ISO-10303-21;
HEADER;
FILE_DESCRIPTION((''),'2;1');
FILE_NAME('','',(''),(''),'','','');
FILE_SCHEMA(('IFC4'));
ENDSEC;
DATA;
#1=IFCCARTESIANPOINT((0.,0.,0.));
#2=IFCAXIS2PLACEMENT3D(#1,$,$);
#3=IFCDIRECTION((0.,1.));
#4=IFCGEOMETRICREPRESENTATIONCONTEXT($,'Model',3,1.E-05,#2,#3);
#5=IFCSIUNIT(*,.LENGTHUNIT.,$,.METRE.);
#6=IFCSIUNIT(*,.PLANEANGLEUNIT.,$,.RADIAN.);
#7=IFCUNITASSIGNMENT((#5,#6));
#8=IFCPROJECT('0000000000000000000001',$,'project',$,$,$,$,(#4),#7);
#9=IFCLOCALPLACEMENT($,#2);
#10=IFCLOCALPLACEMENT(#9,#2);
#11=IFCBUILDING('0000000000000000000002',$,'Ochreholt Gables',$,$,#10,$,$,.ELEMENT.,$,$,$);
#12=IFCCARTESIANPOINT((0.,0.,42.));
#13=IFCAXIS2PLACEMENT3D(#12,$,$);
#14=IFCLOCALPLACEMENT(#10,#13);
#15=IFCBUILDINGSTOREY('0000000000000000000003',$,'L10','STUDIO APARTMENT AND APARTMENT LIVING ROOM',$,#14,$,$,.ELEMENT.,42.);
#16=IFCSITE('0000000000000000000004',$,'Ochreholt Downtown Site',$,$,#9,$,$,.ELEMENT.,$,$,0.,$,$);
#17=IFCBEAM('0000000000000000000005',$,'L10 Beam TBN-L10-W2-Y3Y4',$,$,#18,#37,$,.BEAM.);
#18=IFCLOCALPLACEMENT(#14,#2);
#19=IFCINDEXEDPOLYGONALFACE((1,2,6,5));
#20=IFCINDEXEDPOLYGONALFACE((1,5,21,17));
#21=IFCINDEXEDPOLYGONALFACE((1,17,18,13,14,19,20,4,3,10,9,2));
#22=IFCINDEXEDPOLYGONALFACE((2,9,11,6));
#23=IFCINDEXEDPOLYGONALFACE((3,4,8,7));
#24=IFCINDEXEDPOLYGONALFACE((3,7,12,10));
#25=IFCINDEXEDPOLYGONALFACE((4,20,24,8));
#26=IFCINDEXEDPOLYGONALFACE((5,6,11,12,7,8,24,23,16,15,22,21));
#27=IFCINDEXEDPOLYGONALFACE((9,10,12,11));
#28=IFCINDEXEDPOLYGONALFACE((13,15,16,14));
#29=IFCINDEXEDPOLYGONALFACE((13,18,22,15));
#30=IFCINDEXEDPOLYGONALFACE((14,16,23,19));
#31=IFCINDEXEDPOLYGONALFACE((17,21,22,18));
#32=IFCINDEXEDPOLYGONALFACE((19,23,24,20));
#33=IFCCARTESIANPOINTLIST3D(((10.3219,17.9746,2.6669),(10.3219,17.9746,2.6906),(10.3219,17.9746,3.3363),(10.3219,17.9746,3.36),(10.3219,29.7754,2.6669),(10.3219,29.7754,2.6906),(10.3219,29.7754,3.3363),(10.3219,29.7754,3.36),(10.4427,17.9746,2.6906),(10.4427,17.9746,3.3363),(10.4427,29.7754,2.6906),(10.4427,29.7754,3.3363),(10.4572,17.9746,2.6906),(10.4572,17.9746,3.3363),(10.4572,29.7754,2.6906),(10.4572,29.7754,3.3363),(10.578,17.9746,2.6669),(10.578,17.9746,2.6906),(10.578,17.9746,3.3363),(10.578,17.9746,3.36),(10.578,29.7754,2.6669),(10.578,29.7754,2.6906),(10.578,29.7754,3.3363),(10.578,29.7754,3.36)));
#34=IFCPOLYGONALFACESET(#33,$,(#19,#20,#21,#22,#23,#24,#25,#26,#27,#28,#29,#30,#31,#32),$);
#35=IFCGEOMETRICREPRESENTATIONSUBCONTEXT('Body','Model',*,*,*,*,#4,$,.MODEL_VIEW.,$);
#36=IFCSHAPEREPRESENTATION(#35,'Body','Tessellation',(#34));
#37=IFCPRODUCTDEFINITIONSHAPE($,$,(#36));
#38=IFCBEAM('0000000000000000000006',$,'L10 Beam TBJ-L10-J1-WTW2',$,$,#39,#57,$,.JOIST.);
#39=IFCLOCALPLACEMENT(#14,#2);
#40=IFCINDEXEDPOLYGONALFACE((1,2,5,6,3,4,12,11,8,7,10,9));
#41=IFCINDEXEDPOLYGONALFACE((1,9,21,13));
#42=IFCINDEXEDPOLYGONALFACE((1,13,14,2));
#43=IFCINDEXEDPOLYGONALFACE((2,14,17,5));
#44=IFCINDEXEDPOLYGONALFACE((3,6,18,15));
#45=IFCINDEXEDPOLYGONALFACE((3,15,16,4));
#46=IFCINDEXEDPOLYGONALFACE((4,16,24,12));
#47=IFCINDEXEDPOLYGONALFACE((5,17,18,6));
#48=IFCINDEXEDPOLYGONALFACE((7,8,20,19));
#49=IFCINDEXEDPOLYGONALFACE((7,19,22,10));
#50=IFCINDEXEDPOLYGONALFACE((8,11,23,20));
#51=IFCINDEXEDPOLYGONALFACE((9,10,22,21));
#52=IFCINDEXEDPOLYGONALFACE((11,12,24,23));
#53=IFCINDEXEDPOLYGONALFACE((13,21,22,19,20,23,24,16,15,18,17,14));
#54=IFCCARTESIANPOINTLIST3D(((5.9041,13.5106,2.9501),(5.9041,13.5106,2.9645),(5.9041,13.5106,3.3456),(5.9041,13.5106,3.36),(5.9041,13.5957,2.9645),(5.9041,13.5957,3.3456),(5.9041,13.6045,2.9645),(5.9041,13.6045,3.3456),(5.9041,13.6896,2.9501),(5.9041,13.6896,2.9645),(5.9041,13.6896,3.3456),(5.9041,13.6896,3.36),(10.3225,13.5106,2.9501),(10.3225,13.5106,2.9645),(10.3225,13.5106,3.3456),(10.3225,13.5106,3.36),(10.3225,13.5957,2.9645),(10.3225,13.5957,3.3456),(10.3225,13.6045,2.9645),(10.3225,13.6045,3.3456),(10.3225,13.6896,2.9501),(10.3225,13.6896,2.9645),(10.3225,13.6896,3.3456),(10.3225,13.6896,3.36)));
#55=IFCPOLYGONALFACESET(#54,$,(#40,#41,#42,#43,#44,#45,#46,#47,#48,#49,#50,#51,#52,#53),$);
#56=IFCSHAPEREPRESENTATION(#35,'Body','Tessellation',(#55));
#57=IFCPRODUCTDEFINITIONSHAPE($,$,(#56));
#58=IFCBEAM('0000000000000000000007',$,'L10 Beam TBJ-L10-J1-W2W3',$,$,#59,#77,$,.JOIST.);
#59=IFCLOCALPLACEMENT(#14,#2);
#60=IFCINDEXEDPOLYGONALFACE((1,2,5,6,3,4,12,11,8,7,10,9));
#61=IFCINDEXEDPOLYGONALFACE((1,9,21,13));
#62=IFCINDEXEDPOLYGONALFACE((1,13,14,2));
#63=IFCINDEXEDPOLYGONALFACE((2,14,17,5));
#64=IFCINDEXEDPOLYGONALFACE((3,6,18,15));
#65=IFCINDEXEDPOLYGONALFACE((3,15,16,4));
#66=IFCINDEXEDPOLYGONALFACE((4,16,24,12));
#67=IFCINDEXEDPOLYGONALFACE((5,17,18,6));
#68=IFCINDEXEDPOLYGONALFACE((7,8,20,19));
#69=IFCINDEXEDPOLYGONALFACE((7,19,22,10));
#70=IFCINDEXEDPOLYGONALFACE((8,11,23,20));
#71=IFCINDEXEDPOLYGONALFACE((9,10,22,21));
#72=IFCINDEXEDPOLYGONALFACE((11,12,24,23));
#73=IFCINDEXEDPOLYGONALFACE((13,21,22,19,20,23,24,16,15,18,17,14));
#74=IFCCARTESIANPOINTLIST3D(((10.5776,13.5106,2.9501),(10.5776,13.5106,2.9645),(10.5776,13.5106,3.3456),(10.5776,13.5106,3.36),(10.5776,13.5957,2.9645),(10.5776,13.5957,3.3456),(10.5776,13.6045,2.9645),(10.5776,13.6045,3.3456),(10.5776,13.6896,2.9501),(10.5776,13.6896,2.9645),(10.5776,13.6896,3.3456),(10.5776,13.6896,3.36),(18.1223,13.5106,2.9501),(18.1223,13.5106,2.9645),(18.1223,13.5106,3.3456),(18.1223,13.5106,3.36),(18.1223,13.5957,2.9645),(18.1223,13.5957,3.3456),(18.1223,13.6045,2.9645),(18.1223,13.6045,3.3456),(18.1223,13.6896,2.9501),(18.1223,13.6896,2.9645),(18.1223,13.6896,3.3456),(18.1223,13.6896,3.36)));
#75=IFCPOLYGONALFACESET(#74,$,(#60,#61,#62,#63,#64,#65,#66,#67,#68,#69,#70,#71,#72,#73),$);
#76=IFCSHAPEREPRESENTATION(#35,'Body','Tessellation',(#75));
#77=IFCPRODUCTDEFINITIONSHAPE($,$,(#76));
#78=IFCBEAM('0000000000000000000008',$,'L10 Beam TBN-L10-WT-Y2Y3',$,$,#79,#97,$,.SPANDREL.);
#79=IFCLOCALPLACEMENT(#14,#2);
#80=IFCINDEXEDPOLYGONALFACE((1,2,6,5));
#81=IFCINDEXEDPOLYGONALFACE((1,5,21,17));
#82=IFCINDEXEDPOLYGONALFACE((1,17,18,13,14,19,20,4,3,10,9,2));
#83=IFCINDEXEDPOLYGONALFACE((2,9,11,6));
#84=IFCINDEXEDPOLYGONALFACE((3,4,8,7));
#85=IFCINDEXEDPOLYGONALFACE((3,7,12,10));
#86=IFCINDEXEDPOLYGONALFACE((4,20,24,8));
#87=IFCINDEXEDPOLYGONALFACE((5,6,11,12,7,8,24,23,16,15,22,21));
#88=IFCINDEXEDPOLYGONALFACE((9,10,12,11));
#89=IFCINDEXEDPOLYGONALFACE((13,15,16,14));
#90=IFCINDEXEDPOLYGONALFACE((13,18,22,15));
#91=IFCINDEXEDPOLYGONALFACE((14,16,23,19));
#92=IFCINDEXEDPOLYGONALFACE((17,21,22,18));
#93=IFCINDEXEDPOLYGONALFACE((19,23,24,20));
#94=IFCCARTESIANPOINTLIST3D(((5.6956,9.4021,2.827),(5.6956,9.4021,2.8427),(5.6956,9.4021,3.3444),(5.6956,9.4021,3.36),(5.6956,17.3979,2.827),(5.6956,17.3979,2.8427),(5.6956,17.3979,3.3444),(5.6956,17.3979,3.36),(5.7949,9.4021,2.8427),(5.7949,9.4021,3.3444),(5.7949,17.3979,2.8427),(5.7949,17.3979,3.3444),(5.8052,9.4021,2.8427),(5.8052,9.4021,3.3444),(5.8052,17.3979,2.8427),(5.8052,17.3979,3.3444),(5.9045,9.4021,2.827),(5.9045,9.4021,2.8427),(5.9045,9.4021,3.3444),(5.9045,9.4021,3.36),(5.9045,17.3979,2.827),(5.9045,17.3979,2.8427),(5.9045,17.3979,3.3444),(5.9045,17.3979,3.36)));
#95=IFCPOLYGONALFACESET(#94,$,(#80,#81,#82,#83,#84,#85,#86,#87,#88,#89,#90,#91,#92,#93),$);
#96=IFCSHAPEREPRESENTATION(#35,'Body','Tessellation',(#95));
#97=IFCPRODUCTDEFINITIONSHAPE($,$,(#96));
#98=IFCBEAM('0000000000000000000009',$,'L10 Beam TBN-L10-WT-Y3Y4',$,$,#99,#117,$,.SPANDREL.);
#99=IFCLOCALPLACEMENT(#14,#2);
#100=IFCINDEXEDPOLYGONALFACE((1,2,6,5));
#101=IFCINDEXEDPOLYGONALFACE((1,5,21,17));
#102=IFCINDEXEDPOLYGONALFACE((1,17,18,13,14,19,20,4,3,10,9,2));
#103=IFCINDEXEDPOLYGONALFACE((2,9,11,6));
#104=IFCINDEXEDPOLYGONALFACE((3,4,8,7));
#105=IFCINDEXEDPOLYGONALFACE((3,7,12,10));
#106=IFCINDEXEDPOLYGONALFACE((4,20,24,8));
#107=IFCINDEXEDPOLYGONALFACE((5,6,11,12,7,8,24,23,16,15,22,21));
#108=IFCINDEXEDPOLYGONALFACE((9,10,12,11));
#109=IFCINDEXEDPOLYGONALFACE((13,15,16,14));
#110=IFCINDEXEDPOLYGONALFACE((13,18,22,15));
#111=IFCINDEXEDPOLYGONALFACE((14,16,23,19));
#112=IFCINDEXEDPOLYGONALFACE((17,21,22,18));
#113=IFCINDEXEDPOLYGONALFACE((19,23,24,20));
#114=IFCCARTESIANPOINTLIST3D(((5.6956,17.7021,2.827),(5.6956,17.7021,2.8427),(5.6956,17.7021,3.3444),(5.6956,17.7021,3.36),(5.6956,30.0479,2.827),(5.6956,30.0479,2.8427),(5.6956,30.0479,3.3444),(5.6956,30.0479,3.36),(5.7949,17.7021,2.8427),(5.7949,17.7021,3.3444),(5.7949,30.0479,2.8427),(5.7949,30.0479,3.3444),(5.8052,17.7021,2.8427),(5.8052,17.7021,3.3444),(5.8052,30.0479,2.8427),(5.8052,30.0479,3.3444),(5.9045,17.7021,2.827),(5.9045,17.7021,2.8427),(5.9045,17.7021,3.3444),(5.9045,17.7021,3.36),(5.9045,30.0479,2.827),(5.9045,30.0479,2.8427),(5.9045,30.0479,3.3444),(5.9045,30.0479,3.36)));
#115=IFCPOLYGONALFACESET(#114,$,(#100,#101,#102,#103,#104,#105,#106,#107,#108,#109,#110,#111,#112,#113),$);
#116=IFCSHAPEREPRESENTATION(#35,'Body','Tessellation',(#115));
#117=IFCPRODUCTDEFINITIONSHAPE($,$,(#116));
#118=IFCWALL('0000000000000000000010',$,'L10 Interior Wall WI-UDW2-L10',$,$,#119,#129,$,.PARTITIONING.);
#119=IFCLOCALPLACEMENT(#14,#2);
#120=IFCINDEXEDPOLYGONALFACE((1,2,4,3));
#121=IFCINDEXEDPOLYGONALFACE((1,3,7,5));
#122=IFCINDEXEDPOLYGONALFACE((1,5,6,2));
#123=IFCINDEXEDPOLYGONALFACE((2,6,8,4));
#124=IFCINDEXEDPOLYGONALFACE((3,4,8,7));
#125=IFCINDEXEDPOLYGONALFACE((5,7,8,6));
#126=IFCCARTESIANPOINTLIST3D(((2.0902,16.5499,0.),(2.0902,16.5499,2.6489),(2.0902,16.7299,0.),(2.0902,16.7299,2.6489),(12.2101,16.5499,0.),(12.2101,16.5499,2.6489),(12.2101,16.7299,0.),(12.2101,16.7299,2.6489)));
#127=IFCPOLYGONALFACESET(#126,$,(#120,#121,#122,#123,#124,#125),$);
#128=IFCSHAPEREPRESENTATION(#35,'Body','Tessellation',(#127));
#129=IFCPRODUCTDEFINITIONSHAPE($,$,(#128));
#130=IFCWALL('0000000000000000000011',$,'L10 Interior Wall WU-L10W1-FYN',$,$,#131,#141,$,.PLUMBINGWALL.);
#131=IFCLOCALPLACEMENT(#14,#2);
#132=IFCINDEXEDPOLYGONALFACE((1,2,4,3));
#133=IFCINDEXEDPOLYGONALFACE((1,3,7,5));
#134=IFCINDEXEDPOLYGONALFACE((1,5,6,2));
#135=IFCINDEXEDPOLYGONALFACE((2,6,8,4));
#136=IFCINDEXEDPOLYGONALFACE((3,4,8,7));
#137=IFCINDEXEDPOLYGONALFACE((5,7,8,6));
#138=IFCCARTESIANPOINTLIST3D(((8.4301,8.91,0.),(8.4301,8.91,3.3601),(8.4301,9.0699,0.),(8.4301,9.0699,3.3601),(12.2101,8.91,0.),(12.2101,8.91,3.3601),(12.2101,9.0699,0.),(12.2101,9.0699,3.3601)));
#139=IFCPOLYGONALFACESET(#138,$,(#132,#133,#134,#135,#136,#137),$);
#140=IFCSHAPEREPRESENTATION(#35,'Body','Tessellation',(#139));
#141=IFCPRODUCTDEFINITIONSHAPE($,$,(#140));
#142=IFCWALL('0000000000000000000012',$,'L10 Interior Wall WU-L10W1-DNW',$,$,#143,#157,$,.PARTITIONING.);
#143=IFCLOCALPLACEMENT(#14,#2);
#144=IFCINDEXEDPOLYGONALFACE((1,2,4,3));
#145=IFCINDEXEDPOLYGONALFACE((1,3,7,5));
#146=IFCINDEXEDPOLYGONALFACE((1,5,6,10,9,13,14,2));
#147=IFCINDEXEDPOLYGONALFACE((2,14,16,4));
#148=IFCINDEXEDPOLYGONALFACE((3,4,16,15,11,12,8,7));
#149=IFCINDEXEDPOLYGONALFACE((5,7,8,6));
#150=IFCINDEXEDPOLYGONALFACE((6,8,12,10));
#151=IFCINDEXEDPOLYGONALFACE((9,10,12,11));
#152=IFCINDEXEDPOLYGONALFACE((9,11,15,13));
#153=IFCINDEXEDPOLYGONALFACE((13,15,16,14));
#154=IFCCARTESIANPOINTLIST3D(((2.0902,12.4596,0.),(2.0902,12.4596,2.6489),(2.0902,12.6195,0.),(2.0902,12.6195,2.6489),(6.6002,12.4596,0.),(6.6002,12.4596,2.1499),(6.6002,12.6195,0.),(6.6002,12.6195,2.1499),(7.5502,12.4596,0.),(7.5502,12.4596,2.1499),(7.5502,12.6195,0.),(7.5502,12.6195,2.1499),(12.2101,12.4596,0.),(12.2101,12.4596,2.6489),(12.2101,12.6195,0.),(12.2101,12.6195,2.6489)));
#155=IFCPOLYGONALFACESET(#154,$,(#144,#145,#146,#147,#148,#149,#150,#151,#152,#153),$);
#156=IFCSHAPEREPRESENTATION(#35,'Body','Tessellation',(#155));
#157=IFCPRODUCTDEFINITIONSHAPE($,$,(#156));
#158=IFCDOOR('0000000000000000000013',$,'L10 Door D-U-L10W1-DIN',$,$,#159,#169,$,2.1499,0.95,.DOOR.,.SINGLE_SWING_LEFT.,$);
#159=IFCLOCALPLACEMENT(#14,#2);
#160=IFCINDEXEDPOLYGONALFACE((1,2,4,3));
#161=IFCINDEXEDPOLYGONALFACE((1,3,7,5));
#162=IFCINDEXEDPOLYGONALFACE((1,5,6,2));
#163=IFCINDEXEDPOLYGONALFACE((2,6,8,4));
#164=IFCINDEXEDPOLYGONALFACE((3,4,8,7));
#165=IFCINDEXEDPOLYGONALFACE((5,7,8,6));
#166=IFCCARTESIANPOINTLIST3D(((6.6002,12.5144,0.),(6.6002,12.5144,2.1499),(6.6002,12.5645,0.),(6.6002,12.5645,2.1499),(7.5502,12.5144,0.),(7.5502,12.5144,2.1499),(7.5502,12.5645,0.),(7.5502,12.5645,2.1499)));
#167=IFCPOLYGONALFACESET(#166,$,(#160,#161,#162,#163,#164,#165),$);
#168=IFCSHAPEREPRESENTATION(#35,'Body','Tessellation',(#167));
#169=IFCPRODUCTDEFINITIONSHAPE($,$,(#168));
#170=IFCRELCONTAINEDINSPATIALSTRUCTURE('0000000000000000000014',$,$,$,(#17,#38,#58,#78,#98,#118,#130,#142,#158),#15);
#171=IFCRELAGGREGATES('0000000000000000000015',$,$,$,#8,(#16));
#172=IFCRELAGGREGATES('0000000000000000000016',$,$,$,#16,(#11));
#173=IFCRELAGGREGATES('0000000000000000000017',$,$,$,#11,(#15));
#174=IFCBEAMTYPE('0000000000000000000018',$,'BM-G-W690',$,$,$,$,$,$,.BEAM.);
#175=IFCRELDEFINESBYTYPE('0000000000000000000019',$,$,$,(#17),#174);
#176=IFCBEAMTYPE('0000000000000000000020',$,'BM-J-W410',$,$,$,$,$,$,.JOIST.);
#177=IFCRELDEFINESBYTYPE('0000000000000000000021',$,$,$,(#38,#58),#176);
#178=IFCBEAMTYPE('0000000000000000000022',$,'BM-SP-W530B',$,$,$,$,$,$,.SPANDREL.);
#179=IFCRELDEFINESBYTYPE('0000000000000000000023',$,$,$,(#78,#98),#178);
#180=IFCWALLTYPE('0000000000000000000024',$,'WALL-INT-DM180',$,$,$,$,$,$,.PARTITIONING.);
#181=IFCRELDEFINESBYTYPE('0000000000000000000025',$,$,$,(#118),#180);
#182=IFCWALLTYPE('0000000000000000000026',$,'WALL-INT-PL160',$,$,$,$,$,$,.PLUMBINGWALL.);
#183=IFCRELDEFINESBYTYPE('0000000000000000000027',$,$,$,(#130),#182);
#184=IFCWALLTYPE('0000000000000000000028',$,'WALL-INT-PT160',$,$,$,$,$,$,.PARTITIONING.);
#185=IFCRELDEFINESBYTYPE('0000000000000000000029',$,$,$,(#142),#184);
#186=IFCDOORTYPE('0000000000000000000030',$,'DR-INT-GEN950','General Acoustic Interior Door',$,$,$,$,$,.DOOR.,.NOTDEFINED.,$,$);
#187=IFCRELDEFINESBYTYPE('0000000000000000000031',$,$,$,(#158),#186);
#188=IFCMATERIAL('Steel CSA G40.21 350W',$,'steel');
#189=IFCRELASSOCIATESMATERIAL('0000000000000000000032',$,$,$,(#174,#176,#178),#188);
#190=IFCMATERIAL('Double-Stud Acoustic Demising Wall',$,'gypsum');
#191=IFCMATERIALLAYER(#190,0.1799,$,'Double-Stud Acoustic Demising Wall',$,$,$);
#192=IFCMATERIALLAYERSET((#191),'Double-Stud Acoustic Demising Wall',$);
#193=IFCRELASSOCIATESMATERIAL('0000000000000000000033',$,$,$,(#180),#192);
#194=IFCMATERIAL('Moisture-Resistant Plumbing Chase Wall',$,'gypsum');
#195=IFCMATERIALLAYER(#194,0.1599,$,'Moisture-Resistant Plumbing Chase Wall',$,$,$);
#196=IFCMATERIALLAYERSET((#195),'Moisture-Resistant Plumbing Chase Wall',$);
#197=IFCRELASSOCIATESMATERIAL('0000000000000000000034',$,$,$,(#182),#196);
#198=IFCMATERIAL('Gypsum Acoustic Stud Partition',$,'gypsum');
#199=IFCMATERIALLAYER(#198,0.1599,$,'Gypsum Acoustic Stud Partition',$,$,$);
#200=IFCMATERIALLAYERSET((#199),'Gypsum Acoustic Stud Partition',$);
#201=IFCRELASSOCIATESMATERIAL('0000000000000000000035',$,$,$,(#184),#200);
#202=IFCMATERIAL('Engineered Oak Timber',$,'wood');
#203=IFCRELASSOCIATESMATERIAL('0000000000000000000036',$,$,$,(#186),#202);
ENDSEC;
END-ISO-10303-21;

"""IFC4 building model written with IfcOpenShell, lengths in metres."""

from ifc_helpers import new_model, si_unit, direction, frame, frame_2d, origin, origin_2d, place, context, subcontext, project, spatial, rectangle, i_section, extrude, material, layer, layer_set, material_profile, profile_set, type_object, element, fill, save


model = new_model("IFC4")

# Units and contexts
model_context = context("Model", 3, precision=1e-05, world=origin(), true_north=direction((0.0, 1.0)))
body_context = subcontext(model_context, "Body", "Model", "MODEL_VIEW")
ifc_project = project(units=[si_unit("LENGTHUNIT", "METRE"), si_unit("PLANEANGLEUNIT", "RADIAN")], contexts=[model_context])

# Site, building, storey
site_placement = place(None, origin())
site = spatial("IfcSite", under=ifc_project, at=site_placement, Name="Ochreholt Downtown Site", CompositionType="ELEMENT", RefElevation=0.0)
building_placement = place(site_placement, origin())
building = spatial("IfcBuilding", under=site, at=building_placement, Name="Ochreholt Gables", CompositionType="ELEMENT")
storey_placement = place(building_placement, frame((0.0, 0.0, 42.0)))
storey = spatial("IfcBuildingStorey", under=building, at=storey_placement, Name="L10", Description="STUDIO APARTMENT AND APARTMENT LIVING ROOM", CompositionType="ELEMENT", Elevation=42.0)

# Shared definitions
ifc_material_1 = material(Name="Steel CSA G40.21 350W", Category="steel")

# Beams
ifc_material_profile_1 = material_profile(ifc_material_1, i_section(OverallWidth=0.2561, OverallDepth=0.6931, WebThickness=0.0144, FlangeThickness=0.0237, at=origin_2d()), Name="W690X170")
ifc_profile_set_1 = profile_set([ifc_material_profile_1], Name="Steel CSA G40.21 350W")
beam_type_1 = type_object("IfcBeamType", Name="BM-G-W690", PredefinedType="BEAM", material=ifc_profile_set_1)
beam_1_placement = place(storey_placement, frame((10.45, 17.9746, 3.0134), z_axis=(0.0, 1.0, 0.0), x_axis=(-1.0, 0.0, 0.0)))
element("IfcBeam", 1, at=beam_1_placement, inside=storey, type_object=beam_type_1, Name="L10 Beam TBN-L10-W2-Y3Y4", PredefinedType="BEAM", context=body_context, shape_type="SweptSolid", body=[
    extrude(i_section(OverallWidth=0.2561, OverallDepth=0.6931, WebThickness=0.0144, FlangeThickness=0.0237, at=origin_2d()), origin(), (0.0, 0.0, 1.0), 11.8008),
])
ifc_material_profile_2 = material_profile(ifc_material_1, i_section(OverallWidth=0.179, OverallDepth=0.4099, WebThickness=0.0088, FlangeThickness=0.0144, at=origin_2d()), Name="W410X67")
ifc_profile_set_2 = profile_set([ifc_material_profile_2], Name="Steel CSA G40.21 350W")
beam_type_2 = type_object("IfcBeamType", Name="BM-J-W410", PredefinedType="JOIST", material=ifc_profile_set_2)
beam_2_placement = place(storey_placement, frame((5.9041, 13.6001, 3.155), z_axis=(1.0, 0.0, 0.0), x_axis=(0.0, 1.0, 0.0)))
element("IfcBeam", 2, at=beam_2_placement, inside=storey, type_object=beam_type_2, Name="L10 Beam TBJ-L10-J1-WTW2", PredefinedType="JOIST", context=body_context, shape_type="SweptSolid", body=[
    extrude(i_section(OverallWidth=0.179, OverallDepth=0.4099, WebThickness=0.0088, FlangeThickness=0.0144, at=origin_2d()), origin(), (0.0, 0.0, 1.0), 4.4185),
])
beam_3_placement = place(storey_placement, frame((10.5776, 13.6001, 3.155), z_axis=(1.0, 0.0, 0.0), x_axis=(0.0, 1.0, 0.0)))
element("IfcBeam", 3, at=beam_3_placement, inside=storey, type_object=beam_type_2, Name="L10 Beam TBJ-L10-J1-W2W3", PredefinedType="JOIST", context=body_context, shape_type="SweptSolid", body=[
    extrude(i_section(OverallWidth=0.179, OverallDepth=0.4099, WebThickness=0.0088, FlangeThickness=0.0144, at=origin_2d()), origin(), (0.0, 0.0, 1.0), 7.5447),
])
ifc_material_profile_3 = material_profile(ifc_material_1, i_section(OverallWidth=0.209, OverallDepth=0.533, WebThickness=0.0103, FlangeThickness=0.0156, at=origin_2d()), Name="W530X92")
ifc_profile_set_3 = profile_set([ifc_material_profile_3], Name="Steel CSA G40.21 350W")
beam_type_3 = type_object("IfcBeamType", Name="BM-SP-W530B", PredefinedType="SPANDREL", material=ifc_profile_set_3)
beam_4_placement = place(storey_placement, frame((5.8, 9.4021, 3.0935), z_axis=(0.0, 1.0, 0.0), x_axis=(-1.0, 0.0, 0.0)))
element("IfcBeam", 4, at=beam_4_placement, inside=storey, type_object=beam_type_3, Name="L10 Beam TBN-L10-WT-Y2Y3", PredefinedType="SPANDREL", context=body_context, shape_type="SweptSolid", body=[
    extrude(i_section(OverallWidth=0.209, OverallDepth=0.533, WebThickness=0.0103, FlangeThickness=0.0156, at=origin_2d()), origin(), (0.0, 0.0, 1.0), 7.9958),
])
beam_5_placement = place(storey_placement, frame((5.8, 17.7021, 3.0935), z_axis=(0.0, 1.0, 0.0), x_axis=(-1.0, 0.0, 0.0)))
element("IfcBeam", 5, at=beam_5_placement, inside=storey, type_object=beam_type_3, Name="L10 Beam TBN-L10-WT-Y3Y4", PredefinedType="SPANDREL", context=body_context, shape_type="SweptSolid", body=[
    extrude(i_section(OverallWidth=0.209, OverallDepth=0.533, WebThickness=0.0103, FlangeThickness=0.0156, at=origin_2d()), origin(), (0.0, 0.0, 1.0), 12.3457),
])

# Walls
ifc_material_2 = material(Name="Double-Stud Acoustic Demising Wall", Category="gypsum")
ifc_layer_1 = layer(ifc_material_2, 0.1799, Name="Double-Stud Acoustic Demising Wall")
ifc_layer_set_1 = layer_set([ifc_layer_1], Name="Double-Stud Acoustic Demising Wall")
wall_type_1 = type_object("IfcWallType", Name="WALL-INT-DM180", PredefinedType="PARTITIONING", material=ifc_layer_set_1)
wall_1_placement = place(storey_placement, frame((2.0901, 16.6399, 0.0), z_axis=(0.0, 0.0, 1.0), x_axis=(1.0, 0.0, 0.0)))
element("IfcWall", 6, at=wall_1_placement, inside=storey, type_object=wall_type_1, Name="L10 Interior Wall WI-UDW2-L10", PredefinedType="PARTITIONING", context=body_context, shape_type="SweptSolid", body=[
    extrude(rectangle(XDim=10.1199, YDim=0.1799, at=frame_2d((5.0601, 0.0))), origin(), (0.0, 0.0, 1.0), 2.6489),
])
ifc_material_3 = material(Name="Moisture-Resistant Plumbing Chase Wall", Category="gypsum")
ifc_layer_2 = layer(ifc_material_3, 0.1599, Name="Moisture-Resistant Plumbing Chase Wall")
ifc_layer_set_2 = layer_set([ifc_layer_2], Name="Moisture-Resistant Plumbing Chase Wall")
wall_type_2 = type_object("IfcWallType", Name="WALL-INT-PL160", PredefinedType="PLUMBINGWALL", material=ifc_layer_set_2)
wall_2_placement = place(storey_placement, frame((8.4299, 8.99, 0.0), z_axis=(0.0, 0.0, 1.0), x_axis=(1.0, 0.0, 0.0)))
element("IfcWall", 7, at=wall_2_placement, inside=storey, type_object=wall_type_2, Name="L10 Interior Wall WU-L10W1-FYN", PredefinedType="PLUMBINGWALL", context=body_context, shape_type="SweptSolid", body=[
    extrude(rectangle(XDim=3.78, YDim=0.1599, at=frame_2d((1.8901, 0.0))), origin(), (0.0, 0.0, 1.0), 3.3601),
])

# Wall, opening, door
ifc_material_4 = material(Name="Gypsum Acoustic Stud Partition", Category="gypsum")
ifc_layer_3 = layer(ifc_material_4, 0.1599, Name="Gypsum Acoustic Stud Partition")
ifc_layer_set_3 = layer_set([ifc_layer_3], Name="Gypsum Acoustic Stud Partition")
wall_type_3 = type_object("IfcWallType", Name="WALL-INT-PT160", PredefinedType="PARTITIONING", material=ifc_layer_set_3)
wall_3_placement = place(storey_placement, frame((2.0901, 12.5396, 0.0), z_axis=(0.0, 0.0, 1.0), x_axis=(1.0, 0.0, 0.0)))
wall_3 = element("IfcWall", 8, at=wall_3_placement, inside=storey, type_object=wall_type_3, Name="L10 Interior Wall WU-L10W1-DNW", PredefinedType="PARTITIONING", context=body_context, shape_type="SweptSolid", body=[
    extrude(rectangle(XDim=10.1199, YDim=0.1599, at=frame_2d((5.0601, 0.0))), origin(), (0.0, 0.0, 1.0), 2.6489),
])
opening_placement = place(wall_3_placement, frame((4.51, 0.0, 0.0)))
opening = element("IfcOpeningElement", 9, at=opening_placement, cuts=wall_3, PredefinedType="OPENING", context=body_context, shape_type="SweptSolid", body=[
    extrude(rectangle(XDim=0.95, YDim=2.1499, at=frame_2d((0.4751, 1.075))), frame((0.0, 0.0898, 0.0), z_axis=(0.0, -1.0, 0.0), x_axis=(1.0, 0.0, 0.0)), (0.0, 0.0, 1.0), 0.1799),
])
ifc_material_5 = material(Name="Engineered Oak Timber", Category="wood")
door_type = type_object("IfcDoorType", Name="DR-INT-GEN950", Description="General Acoustic Interior Door", OperationType="NOTDEFINED", PredefinedType="DOOR", material=ifc_material_5)
door_placement = place(opening_placement, origin())
door = element("IfcDoor", 10, at=door_placement, inside=storey, type_object=door_type, Name="L10 Door D-U-L10W1-DIN", OperationType="SINGLE_SWING_LEFT", OverallHeight=2.1499, OverallWidth=0.95, PredefinedType="DOOR", context=body_context, shape_type="SweptSolid", body=[
    extrude(rectangle(XDim=0.95, YDim=2.1499, at=frame_2d((0.4751, 1.075))), frame((0.0, 0.0249, 0.0), z_axis=(0.0, -1.0, 0.0), x_axis=(1.0, 0.0, 0.0)), (0.0, 0.0, 1.0), 0.05),
])
fill(opening, door)

save(model, "model.ifc")
